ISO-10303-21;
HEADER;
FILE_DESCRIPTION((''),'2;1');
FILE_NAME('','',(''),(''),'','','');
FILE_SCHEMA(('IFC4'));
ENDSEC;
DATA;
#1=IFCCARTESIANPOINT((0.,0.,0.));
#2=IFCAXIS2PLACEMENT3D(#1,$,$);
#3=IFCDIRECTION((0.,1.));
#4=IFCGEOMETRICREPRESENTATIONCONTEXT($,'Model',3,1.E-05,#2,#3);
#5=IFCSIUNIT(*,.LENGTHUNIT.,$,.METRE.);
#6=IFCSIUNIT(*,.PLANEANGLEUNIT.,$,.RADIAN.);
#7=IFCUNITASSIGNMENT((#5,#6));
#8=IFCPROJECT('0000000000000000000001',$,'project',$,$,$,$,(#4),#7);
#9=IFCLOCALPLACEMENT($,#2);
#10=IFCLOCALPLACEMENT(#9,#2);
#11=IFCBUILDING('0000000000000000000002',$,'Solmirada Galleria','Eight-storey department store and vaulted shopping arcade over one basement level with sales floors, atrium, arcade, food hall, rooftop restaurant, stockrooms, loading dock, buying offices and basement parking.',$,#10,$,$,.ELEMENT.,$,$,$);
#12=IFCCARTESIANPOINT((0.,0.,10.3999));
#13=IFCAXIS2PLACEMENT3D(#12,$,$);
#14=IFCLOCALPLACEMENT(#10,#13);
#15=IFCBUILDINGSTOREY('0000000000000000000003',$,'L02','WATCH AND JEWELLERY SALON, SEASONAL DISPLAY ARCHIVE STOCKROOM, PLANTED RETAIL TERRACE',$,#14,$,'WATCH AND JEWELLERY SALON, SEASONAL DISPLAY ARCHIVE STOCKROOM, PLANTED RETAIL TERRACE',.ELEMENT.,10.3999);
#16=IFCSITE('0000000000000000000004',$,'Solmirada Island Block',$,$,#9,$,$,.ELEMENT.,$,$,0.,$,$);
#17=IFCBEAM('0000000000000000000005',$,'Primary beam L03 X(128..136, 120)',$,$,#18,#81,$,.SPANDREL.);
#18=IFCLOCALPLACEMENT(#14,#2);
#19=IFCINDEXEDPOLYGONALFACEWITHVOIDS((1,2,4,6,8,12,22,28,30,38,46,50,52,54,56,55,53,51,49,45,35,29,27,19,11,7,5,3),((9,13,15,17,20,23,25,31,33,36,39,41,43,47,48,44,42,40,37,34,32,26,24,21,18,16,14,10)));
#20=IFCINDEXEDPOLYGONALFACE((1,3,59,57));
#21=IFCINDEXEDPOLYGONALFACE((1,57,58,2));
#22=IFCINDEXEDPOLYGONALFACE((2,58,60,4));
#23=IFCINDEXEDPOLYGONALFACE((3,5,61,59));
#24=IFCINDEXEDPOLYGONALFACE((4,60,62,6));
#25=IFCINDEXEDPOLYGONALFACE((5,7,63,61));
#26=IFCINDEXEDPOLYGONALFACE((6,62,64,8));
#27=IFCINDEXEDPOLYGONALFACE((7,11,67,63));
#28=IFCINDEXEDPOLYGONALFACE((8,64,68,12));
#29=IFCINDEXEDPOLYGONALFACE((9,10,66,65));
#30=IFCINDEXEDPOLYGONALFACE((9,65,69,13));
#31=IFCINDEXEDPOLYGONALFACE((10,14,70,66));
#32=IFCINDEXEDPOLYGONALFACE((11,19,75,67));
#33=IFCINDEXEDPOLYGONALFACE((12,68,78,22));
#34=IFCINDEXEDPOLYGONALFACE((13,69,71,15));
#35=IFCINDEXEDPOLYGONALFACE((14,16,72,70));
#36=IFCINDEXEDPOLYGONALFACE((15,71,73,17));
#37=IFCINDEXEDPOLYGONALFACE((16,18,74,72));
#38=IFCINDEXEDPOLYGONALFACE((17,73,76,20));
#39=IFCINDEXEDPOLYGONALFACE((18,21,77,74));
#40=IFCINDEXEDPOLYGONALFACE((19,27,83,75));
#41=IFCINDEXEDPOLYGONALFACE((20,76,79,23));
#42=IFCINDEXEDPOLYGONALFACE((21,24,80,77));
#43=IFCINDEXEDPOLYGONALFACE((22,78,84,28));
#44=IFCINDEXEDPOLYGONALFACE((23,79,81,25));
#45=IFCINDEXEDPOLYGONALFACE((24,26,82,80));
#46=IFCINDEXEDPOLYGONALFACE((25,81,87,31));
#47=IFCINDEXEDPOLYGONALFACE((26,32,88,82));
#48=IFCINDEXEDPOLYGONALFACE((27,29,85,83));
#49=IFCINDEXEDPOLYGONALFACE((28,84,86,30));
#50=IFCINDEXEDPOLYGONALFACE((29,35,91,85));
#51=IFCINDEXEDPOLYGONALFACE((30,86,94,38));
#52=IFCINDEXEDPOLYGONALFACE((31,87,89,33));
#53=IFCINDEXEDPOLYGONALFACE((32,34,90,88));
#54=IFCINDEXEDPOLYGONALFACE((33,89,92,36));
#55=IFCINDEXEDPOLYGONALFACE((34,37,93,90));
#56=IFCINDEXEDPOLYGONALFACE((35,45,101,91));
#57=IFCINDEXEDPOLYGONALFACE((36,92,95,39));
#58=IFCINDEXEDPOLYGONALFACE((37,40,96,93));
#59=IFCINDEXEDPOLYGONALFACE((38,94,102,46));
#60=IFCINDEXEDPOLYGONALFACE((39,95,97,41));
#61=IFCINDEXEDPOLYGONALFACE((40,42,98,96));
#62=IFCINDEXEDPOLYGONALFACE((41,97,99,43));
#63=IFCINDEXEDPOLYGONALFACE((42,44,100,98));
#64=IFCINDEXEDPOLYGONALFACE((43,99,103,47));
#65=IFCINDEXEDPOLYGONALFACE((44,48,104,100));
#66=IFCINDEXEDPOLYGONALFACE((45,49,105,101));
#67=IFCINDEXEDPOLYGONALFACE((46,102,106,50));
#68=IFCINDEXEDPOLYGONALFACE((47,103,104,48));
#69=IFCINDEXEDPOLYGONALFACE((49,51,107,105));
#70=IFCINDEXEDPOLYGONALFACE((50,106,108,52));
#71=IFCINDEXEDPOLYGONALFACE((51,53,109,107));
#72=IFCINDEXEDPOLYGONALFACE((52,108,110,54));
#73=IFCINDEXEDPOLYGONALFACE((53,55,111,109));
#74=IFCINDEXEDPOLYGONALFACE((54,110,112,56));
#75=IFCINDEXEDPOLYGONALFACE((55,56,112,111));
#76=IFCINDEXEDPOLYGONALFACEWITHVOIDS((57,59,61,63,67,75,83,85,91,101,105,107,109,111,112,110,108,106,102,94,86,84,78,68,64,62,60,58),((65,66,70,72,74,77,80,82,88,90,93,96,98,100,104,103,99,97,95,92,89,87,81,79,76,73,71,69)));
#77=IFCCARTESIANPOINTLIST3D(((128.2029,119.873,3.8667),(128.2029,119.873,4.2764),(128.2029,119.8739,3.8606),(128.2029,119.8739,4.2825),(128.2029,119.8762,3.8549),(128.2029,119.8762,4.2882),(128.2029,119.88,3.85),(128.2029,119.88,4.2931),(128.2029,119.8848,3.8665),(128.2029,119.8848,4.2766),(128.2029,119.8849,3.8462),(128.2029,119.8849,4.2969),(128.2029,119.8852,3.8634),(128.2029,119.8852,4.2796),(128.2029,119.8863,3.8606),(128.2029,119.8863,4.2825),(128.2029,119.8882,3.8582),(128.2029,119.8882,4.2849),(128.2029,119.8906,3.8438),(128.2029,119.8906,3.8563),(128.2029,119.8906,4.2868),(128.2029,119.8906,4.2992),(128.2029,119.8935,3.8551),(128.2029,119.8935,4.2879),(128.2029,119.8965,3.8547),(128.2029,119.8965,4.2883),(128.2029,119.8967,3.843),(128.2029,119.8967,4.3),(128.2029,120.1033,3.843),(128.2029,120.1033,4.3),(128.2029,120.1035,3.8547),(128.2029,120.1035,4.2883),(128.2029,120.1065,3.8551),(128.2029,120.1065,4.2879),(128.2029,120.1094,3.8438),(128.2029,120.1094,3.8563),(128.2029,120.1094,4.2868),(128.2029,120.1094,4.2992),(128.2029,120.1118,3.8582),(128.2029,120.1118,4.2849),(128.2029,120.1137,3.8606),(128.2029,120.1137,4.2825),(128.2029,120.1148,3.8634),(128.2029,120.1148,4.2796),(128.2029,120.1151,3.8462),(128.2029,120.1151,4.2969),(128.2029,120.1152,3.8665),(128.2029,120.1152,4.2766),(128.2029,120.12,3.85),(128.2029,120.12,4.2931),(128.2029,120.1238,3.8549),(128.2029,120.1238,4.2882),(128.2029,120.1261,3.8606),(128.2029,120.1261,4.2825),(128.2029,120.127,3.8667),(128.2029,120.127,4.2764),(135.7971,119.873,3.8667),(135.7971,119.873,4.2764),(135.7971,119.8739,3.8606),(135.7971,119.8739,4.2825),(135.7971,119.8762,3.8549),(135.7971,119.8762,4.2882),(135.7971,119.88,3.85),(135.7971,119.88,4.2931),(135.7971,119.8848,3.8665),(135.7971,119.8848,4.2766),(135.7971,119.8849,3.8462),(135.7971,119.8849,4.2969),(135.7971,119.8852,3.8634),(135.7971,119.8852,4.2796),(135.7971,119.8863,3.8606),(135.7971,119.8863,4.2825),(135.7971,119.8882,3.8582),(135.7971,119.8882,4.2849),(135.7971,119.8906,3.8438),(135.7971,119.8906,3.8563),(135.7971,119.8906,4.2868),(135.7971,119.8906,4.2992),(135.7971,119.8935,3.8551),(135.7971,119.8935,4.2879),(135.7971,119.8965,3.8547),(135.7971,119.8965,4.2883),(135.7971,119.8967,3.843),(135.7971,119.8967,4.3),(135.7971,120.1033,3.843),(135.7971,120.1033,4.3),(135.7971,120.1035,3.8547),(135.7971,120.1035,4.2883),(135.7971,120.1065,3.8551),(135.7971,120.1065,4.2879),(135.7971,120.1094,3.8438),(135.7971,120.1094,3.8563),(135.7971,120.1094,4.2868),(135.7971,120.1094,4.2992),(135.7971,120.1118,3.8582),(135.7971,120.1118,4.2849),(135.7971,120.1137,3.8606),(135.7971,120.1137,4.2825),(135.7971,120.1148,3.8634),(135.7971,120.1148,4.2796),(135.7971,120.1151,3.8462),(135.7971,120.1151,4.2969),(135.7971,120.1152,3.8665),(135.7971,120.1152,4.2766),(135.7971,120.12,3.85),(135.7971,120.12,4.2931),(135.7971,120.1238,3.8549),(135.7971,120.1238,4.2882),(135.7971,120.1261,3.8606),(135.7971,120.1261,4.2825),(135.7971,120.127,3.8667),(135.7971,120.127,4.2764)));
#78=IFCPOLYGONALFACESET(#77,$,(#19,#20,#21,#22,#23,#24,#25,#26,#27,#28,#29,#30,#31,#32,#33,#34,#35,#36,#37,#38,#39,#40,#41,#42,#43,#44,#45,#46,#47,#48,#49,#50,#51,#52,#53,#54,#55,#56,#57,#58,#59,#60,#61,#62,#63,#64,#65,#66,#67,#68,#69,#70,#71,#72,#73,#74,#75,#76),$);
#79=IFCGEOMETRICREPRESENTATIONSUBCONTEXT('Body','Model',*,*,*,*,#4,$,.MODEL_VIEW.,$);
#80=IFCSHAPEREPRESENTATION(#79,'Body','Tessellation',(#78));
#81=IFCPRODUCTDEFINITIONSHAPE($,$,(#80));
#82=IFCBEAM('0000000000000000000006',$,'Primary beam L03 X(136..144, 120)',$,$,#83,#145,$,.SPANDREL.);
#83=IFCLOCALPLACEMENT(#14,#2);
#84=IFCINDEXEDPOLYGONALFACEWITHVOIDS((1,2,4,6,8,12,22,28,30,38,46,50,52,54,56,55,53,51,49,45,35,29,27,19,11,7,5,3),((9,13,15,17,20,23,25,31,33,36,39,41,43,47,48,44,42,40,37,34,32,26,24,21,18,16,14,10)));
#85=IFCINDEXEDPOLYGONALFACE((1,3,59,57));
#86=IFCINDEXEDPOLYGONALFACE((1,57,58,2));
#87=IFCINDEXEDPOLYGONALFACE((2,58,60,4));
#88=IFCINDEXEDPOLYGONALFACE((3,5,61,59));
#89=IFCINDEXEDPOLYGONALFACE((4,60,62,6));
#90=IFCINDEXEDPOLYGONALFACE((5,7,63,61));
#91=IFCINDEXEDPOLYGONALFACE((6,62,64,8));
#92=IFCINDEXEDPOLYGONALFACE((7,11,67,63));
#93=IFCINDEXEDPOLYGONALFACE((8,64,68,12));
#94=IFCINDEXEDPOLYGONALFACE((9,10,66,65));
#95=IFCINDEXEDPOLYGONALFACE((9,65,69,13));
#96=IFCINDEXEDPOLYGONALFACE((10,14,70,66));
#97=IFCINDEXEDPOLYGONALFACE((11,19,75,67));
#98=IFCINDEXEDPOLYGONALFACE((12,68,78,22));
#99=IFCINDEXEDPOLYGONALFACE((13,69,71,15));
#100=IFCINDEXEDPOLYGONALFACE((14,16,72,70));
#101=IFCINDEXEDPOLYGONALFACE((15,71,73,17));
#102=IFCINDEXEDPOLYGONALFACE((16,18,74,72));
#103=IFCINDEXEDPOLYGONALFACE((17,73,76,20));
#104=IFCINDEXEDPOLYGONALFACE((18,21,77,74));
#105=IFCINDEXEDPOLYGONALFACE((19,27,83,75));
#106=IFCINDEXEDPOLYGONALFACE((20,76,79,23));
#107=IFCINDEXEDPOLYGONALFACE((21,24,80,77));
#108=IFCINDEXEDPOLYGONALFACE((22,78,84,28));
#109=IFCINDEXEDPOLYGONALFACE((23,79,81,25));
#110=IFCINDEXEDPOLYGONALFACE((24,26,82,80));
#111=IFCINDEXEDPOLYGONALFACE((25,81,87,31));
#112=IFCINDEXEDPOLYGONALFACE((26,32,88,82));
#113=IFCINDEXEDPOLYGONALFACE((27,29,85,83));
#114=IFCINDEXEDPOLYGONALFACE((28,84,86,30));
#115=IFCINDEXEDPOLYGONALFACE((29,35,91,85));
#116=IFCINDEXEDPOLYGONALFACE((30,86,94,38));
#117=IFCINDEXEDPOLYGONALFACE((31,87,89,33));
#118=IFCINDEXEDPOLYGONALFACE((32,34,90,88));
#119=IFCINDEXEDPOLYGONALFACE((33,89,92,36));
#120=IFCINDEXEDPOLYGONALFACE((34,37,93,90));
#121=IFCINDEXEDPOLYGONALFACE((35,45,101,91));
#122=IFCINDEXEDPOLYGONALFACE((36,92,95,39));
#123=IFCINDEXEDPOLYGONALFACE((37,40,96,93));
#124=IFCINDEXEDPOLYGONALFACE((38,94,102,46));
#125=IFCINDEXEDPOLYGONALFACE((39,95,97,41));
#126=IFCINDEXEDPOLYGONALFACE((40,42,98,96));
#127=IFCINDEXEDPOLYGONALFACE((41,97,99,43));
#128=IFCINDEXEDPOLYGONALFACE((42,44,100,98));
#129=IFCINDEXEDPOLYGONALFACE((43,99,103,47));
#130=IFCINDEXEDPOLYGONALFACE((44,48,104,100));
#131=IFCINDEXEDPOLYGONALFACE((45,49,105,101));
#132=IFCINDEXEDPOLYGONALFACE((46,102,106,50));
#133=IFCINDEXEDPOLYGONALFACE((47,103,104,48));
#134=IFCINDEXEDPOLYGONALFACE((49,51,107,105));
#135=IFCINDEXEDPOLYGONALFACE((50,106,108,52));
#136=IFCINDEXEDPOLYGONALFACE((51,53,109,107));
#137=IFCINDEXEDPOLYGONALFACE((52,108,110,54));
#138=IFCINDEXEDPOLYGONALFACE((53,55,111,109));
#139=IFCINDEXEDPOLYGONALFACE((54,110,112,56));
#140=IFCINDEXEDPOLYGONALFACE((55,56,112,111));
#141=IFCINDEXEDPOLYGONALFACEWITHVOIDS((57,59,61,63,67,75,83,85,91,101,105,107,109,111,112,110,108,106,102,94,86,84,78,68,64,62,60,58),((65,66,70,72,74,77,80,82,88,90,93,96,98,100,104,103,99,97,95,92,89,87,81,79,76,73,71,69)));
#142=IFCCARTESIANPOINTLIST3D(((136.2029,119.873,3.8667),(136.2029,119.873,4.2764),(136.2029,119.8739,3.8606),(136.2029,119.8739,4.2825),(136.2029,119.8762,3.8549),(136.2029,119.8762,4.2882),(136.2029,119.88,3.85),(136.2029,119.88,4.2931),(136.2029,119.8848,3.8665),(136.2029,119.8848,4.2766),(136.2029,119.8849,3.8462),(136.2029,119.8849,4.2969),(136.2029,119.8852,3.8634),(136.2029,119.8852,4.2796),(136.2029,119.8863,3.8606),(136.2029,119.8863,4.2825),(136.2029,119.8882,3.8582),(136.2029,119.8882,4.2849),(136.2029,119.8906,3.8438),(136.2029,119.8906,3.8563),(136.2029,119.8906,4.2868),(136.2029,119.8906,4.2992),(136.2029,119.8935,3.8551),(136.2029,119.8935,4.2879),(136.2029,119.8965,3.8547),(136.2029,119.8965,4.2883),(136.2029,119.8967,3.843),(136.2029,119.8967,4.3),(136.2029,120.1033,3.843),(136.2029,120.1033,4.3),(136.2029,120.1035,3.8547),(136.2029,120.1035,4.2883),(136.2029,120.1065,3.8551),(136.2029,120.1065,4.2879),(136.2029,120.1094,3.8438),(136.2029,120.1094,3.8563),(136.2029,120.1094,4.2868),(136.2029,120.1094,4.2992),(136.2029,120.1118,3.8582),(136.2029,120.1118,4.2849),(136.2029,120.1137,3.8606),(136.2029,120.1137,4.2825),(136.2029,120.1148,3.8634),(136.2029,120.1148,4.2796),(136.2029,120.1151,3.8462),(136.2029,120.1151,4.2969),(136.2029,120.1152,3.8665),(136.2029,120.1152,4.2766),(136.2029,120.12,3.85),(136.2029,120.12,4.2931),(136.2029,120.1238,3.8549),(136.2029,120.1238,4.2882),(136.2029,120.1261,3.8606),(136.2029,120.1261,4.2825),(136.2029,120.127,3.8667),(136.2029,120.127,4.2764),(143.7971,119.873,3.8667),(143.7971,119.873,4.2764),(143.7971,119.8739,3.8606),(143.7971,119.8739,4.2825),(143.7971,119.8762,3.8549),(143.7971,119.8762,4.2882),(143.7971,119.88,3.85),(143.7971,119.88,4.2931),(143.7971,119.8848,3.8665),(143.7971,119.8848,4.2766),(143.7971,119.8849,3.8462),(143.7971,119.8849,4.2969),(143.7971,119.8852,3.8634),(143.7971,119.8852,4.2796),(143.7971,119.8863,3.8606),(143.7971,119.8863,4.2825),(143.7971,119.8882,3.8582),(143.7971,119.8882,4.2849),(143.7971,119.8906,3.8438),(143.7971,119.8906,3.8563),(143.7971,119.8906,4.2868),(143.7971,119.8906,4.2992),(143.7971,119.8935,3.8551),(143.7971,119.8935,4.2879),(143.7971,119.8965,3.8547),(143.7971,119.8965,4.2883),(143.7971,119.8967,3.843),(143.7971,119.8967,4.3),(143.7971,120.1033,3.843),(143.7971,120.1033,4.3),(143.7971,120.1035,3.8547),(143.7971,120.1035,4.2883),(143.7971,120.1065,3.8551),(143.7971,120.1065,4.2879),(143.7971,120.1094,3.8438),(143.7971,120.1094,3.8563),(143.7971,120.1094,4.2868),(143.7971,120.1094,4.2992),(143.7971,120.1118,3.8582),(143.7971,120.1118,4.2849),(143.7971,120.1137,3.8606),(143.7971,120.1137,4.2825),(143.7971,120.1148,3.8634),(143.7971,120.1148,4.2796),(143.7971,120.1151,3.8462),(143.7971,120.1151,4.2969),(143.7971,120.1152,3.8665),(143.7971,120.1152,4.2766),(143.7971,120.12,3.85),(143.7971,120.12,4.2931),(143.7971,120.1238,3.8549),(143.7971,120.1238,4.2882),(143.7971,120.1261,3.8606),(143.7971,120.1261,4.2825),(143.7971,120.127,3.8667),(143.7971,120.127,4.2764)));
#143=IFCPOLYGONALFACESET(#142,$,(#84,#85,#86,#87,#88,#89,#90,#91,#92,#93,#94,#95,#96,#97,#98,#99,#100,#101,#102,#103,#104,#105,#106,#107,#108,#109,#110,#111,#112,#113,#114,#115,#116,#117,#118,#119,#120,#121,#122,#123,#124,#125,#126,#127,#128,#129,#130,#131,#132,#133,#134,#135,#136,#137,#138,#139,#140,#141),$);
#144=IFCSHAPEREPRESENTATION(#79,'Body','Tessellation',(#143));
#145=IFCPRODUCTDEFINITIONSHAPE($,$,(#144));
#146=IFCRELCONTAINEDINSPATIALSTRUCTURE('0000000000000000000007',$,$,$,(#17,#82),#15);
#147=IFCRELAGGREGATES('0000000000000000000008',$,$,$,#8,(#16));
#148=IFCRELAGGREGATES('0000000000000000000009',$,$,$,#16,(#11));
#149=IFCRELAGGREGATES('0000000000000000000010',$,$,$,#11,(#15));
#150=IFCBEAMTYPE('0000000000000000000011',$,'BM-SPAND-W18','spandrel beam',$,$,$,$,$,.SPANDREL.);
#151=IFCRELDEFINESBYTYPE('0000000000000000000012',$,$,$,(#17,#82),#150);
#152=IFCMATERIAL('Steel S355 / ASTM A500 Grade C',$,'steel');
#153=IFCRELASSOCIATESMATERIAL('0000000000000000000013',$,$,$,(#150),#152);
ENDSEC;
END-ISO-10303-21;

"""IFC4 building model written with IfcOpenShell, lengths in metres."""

from ifc_helpers import new_model, si_unit, direction, frame, origin, origin_2d, place, context, subcontext, project, spatial, hollow_rectangle, extrude, material, material_profile, profile_set, type_object, element, save


model = new_model("IFC4")

# Units and contexts
model_context = context("Model", 3, precision=1e-05, world=origin(), true_north=direction((0.0, 1.0)))
body_context = subcontext(model_context, "Body", "Model", "MODEL_VIEW")
ifc_project = project(units=[si_unit("LENGTHUNIT", "METRE"), si_unit("PLANEANGLEUNIT", "RADIAN")], contexts=[model_context])

# Site, building, storey
site_placement = place(None, origin())
site = spatial("IfcSite", under=ifc_project, at=site_placement, Name="Solmirada Island Block", CompositionType="ELEMENT", RefElevation=0.0)
building_placement = place(site_placement, origin())
building = spatial("IfcBuilding", under=site, at=building_placement, Name="Solmirada Galleria", Description="Eight-storey department store and vaulted shopping arcade over one basement level with sales floors, atrium, arcade, food hall, rooftop restaurant, stockrooms, loading dock, buying offices and basement parking.", CompositionType="ELEMENT")
storey_placement = place(building_placement, frame((0.0, 0.0, 10.3999)))
storey = spatial("IfcBuildingStorey", under=building, at=storey_placement, Name="L02", Description="WATCH AND JEWELLERY SALON, SEASONAL DISPLAY ARCHIVE STOCKROOM, PLANTED RETAIL TERRACE", LongName="WATCH AND JEWELLERY SALON, SEASONAL DISPLAY ARCHIVE STOCKROOM, PLANTED RETAIL TERRACE", CompositionType="ELEMENT", Elevation=10.3999)

# Shared definitions
ifc_material_1 = material(Name="Steel S355 / ASTM A500 Grade C", Category="steel")

# Beams
ifc_material_profile_1 = material_profile(ifc_material_1, hollow_rectangle(XDim=0.2539, YDim=0.457, WallThickness=0.0117, InnerFilletRadius=0.0117, OuterFilletRadius=0.0237, at=origin_2d()), Name="HSS18X10X1/2")
ifc_profile_set_1 = profile_set([ifc_material_profile_1], Name="Steel S355 / ASTM A500 Grade C")
beam_type = type_object("IfcBeamType", Name="BM-SPAND-W18", Description="spandrel beam", PredefinedType="SPANDREL", material=ifc_profile_set_1)
for number, where, z_axis, x_axis, name in (
    (1, (128.2029, 120.0, 4.0715), (1.0, 0.0, 0.0), (0.0, 1.0, 0.0), "Primary beam L03 X(128..136, 120)"),
    (2, (136.2029, 120.0, 4.0715), (1.0, 0.0, 0.0), (0.0, 1.0, 0.0), "Primary beam L03 X(136..144, 120)"),
):
    element("IfcBeam", number, at=place(storey_placement, frame(where, z_axis=z_axis, x_axis=x_axis)), inside=storey, type_object=beam_type, Name=name, PredefinedType="SPANDREL", context=body_context, shape_type="SweptSolid", body=[
        extrude(hollow_rectangle(XDim=0.2539, YDim=0.457, WallThickness=0.0117, InnerFilletRadius=0.0117, OuterFilletRadius=0.0237, at=origin_2d()), origin(), (0.0, 0.0, 1.0), 7.5942),
    ])

save(model, "model.ifc")
